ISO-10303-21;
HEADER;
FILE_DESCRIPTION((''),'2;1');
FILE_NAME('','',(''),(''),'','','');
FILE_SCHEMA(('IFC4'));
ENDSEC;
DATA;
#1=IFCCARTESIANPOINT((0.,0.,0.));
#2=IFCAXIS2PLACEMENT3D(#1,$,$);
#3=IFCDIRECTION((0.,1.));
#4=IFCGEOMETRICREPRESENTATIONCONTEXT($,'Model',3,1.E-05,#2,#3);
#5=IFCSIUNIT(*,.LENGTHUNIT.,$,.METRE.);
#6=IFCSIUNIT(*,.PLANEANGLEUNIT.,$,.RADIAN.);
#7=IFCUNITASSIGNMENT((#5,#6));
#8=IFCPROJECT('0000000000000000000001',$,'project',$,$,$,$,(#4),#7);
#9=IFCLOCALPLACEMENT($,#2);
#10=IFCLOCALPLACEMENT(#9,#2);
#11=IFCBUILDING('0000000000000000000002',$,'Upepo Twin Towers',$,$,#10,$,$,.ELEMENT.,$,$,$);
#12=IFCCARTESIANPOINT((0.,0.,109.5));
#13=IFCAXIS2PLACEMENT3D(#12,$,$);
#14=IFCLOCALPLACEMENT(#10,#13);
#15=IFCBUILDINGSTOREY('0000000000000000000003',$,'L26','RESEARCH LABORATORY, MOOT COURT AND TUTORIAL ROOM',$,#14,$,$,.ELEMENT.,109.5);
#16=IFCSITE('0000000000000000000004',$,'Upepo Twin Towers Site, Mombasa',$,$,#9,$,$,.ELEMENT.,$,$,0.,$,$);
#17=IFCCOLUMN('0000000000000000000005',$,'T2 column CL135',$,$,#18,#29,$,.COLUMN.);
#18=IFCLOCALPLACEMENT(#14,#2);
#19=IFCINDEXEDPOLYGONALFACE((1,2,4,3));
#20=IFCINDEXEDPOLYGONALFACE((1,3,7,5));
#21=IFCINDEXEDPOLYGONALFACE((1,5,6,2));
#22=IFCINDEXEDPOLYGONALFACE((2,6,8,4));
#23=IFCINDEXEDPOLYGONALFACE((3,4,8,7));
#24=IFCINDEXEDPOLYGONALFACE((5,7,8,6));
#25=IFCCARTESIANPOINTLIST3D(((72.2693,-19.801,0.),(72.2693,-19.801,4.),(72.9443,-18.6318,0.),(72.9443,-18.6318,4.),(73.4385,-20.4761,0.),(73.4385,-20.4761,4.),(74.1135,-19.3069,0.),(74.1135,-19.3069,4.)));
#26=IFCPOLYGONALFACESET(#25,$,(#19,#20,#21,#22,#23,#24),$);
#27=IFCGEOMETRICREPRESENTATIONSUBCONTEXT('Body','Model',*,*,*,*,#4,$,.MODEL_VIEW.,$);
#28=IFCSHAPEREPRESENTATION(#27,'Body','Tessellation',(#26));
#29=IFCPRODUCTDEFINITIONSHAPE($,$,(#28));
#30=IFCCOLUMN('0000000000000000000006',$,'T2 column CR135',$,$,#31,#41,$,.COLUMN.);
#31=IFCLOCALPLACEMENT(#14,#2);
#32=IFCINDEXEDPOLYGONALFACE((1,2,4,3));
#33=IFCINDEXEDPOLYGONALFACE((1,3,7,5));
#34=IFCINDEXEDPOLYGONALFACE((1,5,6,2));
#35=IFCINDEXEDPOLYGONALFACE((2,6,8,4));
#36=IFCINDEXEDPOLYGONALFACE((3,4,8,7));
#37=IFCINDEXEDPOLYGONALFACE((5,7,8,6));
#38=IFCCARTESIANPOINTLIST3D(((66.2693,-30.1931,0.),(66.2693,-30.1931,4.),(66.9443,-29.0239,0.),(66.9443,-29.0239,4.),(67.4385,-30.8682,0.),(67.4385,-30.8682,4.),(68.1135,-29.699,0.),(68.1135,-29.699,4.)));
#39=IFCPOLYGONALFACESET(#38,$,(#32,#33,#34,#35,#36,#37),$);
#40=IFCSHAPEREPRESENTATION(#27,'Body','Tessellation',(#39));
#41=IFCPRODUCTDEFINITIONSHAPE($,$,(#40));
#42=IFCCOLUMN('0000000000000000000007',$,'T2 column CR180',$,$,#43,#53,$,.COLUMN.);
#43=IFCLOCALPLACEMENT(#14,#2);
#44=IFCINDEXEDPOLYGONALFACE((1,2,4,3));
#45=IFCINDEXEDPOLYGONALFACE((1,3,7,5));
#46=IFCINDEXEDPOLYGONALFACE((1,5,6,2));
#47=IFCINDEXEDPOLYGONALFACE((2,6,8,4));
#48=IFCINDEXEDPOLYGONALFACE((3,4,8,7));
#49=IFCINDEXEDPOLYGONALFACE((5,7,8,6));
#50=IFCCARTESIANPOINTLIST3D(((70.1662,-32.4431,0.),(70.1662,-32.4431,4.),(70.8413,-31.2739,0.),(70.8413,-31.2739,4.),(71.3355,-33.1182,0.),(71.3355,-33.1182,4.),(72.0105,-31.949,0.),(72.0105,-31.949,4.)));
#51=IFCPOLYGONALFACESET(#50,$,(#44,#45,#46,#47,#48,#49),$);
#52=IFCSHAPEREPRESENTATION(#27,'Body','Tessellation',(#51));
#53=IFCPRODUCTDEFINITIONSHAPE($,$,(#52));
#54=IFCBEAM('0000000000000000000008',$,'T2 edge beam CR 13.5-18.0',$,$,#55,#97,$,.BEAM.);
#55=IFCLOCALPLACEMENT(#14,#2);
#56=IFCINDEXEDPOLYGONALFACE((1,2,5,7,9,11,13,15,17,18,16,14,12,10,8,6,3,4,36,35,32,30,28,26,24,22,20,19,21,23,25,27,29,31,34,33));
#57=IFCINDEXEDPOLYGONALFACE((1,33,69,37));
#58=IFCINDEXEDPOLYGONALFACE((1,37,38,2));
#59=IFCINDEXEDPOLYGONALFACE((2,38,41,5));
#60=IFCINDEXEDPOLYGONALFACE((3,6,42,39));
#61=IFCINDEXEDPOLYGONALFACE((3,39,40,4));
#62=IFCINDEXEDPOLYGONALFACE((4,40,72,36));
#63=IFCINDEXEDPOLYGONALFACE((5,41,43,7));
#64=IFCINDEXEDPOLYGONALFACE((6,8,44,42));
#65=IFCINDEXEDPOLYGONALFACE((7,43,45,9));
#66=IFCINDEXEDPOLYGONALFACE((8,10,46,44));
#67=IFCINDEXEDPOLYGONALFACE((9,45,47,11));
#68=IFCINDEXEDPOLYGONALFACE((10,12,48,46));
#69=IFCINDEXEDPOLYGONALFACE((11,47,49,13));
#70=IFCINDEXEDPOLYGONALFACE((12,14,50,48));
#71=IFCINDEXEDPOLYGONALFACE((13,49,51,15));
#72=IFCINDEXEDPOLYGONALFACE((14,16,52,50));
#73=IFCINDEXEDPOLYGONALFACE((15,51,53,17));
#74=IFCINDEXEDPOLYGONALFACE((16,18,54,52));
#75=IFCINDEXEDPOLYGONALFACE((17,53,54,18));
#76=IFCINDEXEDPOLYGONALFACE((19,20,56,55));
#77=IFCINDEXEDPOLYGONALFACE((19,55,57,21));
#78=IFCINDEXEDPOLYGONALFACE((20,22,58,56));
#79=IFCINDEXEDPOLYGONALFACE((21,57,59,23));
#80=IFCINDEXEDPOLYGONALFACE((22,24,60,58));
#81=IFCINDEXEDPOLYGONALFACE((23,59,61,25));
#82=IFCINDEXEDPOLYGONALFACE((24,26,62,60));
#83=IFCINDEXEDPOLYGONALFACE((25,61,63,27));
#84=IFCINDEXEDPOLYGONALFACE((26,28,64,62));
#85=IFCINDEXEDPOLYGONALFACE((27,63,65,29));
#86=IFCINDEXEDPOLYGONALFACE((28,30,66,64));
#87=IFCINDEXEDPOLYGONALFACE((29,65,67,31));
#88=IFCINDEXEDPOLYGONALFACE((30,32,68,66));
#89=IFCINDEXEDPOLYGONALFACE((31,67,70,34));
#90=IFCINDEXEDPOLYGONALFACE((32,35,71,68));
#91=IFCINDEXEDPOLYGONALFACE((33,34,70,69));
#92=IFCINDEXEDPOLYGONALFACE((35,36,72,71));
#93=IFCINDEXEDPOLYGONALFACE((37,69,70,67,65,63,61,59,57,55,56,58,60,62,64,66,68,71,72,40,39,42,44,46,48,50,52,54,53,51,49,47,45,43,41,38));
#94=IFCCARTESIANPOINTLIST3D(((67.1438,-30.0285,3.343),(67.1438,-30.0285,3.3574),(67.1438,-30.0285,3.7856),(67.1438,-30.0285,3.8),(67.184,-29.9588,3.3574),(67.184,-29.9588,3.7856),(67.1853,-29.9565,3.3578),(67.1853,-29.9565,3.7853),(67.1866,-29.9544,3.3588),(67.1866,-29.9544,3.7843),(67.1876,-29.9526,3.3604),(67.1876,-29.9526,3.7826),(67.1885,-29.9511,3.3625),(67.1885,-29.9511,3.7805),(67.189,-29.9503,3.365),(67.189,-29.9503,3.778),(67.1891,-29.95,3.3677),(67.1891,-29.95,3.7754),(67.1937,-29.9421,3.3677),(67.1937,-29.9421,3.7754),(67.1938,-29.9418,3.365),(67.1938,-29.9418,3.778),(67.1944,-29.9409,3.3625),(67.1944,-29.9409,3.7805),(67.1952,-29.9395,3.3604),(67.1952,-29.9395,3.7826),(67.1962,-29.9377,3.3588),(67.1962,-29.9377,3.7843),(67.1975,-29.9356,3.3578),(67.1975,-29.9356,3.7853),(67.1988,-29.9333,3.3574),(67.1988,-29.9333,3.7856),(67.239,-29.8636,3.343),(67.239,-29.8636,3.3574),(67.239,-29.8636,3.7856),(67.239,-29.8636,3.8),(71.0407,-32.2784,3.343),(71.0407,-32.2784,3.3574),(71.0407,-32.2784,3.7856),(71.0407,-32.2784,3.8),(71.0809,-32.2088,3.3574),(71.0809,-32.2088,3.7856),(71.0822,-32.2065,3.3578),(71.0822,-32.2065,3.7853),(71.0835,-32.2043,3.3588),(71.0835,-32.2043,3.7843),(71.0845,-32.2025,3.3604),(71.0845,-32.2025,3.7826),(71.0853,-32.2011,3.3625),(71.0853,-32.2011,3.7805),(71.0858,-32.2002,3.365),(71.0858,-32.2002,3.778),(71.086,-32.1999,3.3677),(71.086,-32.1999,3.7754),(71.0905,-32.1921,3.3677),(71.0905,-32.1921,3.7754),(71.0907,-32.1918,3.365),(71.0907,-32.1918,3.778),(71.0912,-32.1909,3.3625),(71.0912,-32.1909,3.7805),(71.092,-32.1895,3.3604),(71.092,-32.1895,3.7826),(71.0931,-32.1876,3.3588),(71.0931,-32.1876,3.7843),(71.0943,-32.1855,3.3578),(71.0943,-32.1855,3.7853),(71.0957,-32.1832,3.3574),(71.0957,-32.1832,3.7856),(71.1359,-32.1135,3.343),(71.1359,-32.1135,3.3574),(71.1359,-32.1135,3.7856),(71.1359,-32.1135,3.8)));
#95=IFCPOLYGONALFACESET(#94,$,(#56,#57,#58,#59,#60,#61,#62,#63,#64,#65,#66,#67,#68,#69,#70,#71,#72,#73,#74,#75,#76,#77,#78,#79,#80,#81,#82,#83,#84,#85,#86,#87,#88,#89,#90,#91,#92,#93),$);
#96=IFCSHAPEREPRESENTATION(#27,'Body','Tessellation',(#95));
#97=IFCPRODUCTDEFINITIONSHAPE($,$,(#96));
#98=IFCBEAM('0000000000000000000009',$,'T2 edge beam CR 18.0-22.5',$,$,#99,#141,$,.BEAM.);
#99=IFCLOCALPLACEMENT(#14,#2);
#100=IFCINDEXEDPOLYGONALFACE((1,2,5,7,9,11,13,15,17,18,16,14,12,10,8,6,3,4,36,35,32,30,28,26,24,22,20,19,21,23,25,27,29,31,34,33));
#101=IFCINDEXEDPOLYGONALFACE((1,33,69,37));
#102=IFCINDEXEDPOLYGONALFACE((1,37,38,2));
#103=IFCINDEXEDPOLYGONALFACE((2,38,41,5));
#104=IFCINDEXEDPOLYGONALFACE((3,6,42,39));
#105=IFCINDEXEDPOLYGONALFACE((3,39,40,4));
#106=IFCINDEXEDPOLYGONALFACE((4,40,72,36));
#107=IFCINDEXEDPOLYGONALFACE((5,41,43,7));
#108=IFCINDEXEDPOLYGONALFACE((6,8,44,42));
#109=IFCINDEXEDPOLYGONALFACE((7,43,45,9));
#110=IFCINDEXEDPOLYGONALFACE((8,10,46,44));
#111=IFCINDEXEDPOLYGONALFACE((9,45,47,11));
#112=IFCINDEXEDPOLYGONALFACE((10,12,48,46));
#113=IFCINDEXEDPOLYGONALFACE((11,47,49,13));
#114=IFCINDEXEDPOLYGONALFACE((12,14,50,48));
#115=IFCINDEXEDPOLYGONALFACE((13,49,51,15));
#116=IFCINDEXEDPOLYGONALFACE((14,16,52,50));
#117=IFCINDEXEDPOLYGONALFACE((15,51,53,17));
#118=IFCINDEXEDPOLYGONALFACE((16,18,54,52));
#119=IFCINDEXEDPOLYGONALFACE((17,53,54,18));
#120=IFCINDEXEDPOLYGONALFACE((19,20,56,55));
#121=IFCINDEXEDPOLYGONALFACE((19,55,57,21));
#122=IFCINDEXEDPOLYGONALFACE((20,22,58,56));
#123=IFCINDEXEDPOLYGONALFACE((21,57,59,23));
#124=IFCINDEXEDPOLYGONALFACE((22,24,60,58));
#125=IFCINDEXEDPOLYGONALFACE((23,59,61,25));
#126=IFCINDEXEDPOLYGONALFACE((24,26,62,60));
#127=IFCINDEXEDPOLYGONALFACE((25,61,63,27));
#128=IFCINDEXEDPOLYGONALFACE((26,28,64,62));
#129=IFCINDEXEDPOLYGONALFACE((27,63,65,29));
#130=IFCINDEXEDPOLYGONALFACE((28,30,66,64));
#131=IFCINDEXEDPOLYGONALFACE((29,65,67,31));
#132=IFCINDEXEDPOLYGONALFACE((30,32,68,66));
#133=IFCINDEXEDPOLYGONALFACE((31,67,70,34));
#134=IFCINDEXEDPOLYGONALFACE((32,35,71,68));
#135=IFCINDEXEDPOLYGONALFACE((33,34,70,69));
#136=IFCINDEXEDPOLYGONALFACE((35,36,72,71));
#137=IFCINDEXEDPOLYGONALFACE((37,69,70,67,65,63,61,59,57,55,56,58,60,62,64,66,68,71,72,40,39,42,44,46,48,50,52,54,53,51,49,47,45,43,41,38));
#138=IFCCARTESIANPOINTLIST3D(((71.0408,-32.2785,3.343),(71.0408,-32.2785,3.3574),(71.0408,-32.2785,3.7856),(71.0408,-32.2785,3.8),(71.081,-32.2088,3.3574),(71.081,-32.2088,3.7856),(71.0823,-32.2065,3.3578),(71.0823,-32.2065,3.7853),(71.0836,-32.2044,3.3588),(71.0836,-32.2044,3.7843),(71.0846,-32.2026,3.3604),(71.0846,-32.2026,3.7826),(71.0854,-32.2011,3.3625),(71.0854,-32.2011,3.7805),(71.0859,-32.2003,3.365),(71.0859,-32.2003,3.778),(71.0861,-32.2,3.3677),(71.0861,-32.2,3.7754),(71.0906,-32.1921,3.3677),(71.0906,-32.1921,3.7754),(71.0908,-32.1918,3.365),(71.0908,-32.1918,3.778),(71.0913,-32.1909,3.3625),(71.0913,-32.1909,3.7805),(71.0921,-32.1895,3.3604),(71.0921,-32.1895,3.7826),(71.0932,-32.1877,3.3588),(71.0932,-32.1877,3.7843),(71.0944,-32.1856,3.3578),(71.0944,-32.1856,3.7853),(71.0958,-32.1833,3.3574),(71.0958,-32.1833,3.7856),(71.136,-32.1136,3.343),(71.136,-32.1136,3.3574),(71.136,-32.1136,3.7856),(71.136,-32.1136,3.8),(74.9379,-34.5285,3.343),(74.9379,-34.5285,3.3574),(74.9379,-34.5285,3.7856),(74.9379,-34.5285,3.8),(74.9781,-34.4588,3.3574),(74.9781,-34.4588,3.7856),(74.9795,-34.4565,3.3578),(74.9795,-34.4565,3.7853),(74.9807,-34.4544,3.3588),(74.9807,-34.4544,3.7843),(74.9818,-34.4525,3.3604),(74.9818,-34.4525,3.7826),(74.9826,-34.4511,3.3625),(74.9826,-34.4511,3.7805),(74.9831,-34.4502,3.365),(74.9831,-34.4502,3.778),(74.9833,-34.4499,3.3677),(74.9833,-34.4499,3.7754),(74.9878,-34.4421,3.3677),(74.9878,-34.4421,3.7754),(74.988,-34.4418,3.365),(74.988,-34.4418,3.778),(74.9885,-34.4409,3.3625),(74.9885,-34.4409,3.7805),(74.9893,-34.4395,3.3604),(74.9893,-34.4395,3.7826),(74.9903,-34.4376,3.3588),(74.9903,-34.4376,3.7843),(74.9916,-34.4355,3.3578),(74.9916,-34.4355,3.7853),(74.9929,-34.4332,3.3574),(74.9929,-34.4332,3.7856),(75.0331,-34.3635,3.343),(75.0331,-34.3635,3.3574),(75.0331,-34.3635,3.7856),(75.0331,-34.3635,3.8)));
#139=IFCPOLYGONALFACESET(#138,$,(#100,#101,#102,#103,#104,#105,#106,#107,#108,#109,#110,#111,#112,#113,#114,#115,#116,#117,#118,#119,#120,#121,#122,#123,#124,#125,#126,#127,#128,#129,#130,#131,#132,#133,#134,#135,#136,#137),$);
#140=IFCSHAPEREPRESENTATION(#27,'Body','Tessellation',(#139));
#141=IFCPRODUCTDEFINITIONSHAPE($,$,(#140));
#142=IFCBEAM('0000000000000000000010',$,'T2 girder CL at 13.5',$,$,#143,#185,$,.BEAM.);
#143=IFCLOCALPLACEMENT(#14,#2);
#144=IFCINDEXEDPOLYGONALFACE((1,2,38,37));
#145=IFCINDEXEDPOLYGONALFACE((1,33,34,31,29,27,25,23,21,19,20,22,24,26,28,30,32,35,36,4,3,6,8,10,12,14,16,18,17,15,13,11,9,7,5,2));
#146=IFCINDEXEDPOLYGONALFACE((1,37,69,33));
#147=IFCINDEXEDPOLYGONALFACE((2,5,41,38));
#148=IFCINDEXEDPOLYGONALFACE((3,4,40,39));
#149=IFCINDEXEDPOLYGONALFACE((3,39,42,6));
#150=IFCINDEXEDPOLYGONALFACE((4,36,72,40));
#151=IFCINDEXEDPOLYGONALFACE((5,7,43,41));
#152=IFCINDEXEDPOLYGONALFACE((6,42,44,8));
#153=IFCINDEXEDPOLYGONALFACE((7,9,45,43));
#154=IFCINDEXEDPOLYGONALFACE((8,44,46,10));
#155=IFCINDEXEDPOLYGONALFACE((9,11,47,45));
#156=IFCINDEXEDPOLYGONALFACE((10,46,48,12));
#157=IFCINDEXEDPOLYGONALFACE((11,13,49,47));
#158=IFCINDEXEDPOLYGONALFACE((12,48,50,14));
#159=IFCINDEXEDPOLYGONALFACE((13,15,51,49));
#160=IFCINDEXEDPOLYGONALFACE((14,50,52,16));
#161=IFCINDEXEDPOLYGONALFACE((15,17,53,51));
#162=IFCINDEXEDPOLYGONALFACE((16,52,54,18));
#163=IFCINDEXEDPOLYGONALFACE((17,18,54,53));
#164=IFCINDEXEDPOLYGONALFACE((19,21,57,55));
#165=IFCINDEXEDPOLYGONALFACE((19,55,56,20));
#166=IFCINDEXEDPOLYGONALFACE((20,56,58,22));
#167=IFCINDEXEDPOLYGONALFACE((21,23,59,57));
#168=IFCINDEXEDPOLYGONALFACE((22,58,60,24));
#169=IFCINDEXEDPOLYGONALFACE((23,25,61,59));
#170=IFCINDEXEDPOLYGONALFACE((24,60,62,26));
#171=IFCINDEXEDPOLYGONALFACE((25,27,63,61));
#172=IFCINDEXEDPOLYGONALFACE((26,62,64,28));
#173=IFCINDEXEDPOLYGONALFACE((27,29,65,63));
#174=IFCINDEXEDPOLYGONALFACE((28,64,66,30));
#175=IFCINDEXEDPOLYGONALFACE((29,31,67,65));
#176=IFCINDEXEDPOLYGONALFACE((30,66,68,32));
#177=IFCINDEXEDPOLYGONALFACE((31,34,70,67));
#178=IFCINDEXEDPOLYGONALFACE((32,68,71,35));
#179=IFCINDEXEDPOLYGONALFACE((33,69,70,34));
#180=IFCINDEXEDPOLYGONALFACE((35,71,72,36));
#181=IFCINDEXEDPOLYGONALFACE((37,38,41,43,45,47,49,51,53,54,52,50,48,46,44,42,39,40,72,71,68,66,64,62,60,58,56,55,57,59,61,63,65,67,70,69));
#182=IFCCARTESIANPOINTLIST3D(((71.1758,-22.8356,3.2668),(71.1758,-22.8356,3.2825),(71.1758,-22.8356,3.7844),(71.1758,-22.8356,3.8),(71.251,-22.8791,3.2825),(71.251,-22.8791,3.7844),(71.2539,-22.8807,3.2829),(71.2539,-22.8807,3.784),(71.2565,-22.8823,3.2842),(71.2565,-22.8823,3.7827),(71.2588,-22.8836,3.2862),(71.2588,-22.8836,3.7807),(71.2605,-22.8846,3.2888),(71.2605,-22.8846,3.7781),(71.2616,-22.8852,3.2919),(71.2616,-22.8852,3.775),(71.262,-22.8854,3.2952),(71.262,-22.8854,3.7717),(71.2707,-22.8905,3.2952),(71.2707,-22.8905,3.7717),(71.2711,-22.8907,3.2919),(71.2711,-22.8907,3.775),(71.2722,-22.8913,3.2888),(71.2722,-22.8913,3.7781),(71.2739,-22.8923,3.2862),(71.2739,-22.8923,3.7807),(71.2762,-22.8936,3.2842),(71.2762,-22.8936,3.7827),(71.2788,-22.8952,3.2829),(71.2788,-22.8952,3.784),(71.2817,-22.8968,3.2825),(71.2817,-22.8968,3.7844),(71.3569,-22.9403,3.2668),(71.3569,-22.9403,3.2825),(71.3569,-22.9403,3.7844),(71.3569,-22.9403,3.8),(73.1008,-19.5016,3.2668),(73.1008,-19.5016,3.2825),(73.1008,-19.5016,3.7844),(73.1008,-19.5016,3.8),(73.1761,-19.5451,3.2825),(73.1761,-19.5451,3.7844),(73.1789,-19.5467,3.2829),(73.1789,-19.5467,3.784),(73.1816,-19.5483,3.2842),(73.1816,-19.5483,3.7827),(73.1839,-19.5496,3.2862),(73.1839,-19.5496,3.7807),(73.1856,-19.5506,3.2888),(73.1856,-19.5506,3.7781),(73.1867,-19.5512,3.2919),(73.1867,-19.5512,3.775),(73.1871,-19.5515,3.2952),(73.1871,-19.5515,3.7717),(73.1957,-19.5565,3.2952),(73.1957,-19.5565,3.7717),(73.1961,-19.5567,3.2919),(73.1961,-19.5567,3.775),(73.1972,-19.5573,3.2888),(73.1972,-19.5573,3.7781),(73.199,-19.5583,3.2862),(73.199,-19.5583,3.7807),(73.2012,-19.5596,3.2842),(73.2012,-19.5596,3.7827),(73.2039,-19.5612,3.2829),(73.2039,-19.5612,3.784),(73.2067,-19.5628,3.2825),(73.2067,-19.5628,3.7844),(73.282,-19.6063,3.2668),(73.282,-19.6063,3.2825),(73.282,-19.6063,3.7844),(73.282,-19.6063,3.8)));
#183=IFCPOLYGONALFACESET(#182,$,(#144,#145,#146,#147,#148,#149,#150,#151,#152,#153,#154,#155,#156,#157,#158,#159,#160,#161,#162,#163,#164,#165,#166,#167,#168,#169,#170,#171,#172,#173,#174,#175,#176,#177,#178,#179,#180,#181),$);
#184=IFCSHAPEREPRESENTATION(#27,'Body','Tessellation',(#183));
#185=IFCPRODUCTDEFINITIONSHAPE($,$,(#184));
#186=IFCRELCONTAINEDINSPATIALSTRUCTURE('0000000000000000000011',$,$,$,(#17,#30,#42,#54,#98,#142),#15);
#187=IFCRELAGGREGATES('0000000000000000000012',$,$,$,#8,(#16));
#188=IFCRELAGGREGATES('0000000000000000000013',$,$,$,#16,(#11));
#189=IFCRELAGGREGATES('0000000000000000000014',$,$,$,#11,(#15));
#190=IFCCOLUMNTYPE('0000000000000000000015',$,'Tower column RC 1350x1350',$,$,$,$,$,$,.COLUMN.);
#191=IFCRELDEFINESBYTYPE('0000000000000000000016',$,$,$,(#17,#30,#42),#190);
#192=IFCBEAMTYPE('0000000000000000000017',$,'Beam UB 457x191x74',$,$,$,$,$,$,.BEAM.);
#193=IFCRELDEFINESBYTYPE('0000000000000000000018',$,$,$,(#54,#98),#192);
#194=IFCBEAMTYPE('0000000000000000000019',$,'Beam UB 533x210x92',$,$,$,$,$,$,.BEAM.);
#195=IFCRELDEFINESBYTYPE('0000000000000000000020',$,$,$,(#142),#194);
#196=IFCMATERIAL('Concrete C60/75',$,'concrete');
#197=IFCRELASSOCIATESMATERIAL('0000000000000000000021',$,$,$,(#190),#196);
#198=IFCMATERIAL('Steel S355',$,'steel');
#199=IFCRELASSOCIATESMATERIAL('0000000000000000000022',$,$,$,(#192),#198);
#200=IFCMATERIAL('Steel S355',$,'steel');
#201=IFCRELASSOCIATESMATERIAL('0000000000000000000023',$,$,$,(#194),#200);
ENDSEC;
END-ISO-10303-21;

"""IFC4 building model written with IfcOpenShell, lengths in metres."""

from ifc_helpers import new_model, si_unit, direction, frame, origin, origin_2d, place, context, subcontext, project, spatial, rectangle, i_section, extrude, material, material_profile, profile_set, type_object, element, save


model = new_model("IFC4")

# Units and contexts
model_context = context("Model", 3, precision=1e-05, world=origin(), true_north=direction((0.0, 1.0)))
body_context = subcontext(model_context, "Body", "Model", "MODEL_VIEW")
ifc_project = project(units=[si_unit("LENGTHUNIT", "METRE"), si_unit("PLANEANGLEUNIT", "RADIAN")], contexts=[model_context])

# Site, building, storey
site_placement = place(None, origin())
site = spatial("IfcSite", under=ifc_project, at=site_placement, Name="Upepo Twin Towers Site, Mombasa", CompositionType="ELEMENT", RefElevation=0.0)
building_placement = place(site_placement, origin())
building = spatial("IfcBuilding", under=site, at=building_placement, Name="Upepo Twin Towers", CompositionType="ELEMENT")
storey_placement = place(building_placement, frame((0.0, 0.0, 109.5)))
storey = spatial("IfcBuildingStorey", under=building, at=storey_placement, Name="L26", Description="RESEARCH LABORATORY, MOOT COURT AND TUTORIAL ROOM", CompositionType="ELEMENT", Elevation=109.5)

# Columns
ifc_material_1 = material(Name="Concrete C60/75", Category="concrete")
ifc_material_profile_1 = material_profile(ifc_material_1, rectangle(XDim=1.3501, YDim=1.3501, at=origin_2d()), Name="RC 1350x1350")
ifc_profile_set_1 = profile_set([ifc_material_profile_1], Name="Concrete C60/75")
column_type = type_object("IfcColumnType", Name="Tower column RC 1350x1350", PredefinedType="COLUMN", material=ifc_profile_set_1)
for number, where, z_axis, x_axis, name in (
    (1, (73.1914, -19.554, 0.0), (0.0, 0.0, 1.0), (0.5, 0.866025, 0.0), "T2 column CL135"),
    (2, (67.1914, -29.946, 0.0), (0.0, 0.0, 1.0), (0.5, 0.866025, 0.0), "T2 column CR135"),
    (3, (71.0884, -32.196, 0.0), (0.0, 0.0, 1.0), (0.5, 0.866025, 0.0), "T2 column CR180"),
):
    element("IfcColumn", number, at=place(storey_placement, frame(where, z_axis=z_axis, x_axis=x_axis)), inside=storey, type_object=column_type, Name=name, PredefinedType="COLUMN", context=body_context, shape_type="SweptSolid", body=[
        extrude(rectangle(XDim=1.3501, YDim=1.3501, at=origin_2d()), origin(), (0.0, 0.0, 1.0), 4.0),
    ])

# Beams
ifc_material_2 = material(Name="Steel S355", Category="steel")
ifc_material_profile_2 = material_profile(ifc_material_2, i_section(OverallWidth=0.1904, OverallDepth=0.457, WebThickness=0.009, FlangeThickness=0.0144, FilletRadius=0.0103, at=origin_2d()), Name="UB 457x191x74")
ifc_profile_set_2 = profile_set([ifc_material_profile_2], Name="Steel S355")
beam_type_1 = type_object("IfcBeamType", Name="Beam UB 457x191x74", PredefinedType="BEAM", material=ifc_profile_set_2)
beam_1_placement = place(storey_placement, frame((67.1914, -29.946, 3.5715), z_axis=(0.866018, -0.500014, 0.0), x_axis=(0.500014, 0.866018, 0.0)))
element("IfcBeam", 4, at=beam_1_placement, inside=storey, type_object=beam_type_1, Name="T2 edge beam CR 13.5-18.0", PredefinedType="BEAM", context=body_context, shape_type="SweptSolid", body=[
    extrude(i_section(OverallWidth=0.1904, OverallDepth=0.457, WebThickness=0.009, FlangeThickness=0.0144, FilletRadius=0.0103, at=origin_2d()), origin(), (0.0, 0.0, 1.0), 4.4998),
])
beam_2_placement = place(storey_placement, frame((71.0884, -32.196, 3.5715), z_axis=(0.866031, -0.49999, 0.0), x_axis=(0.49999, 0.866031, 0.0)))
element("IfcBeam", 5, at=beam_2_placement, inside=storey, type_object=beam_type_1, Name="T2 edge beam CR 18.0-22.5", PredefinedType="BEAM", context=body_context, shape_type="SweptSolid", body=[
    extrude(i_section(OverallWidth=0.1904, OverallDepth=0.457, WebThickness=0.009, FlangeThickness=0.0144, FilletRadius=0.0103, at=origin_2d()), origin(), (0.0, 0.0, 1.0), 4.5),
])
ifc_material_3 = material(Name="Steel S355", Category="steel")
ifc_material_profile_3 = material_profile(ifc_material_3, i_section(OverallWidth=0.2092, OverallDepth=0.5332, WebThickness=0.01, FlangeThickness=0.0156, FilletRadius=0.0127, at=origin_2d()), Name="UB 533x210x92")
ifc_profile_set_3 = profile_set([ifc_material_profile_3], Name="Steel S355")
beam_type_2 = type_object("IfcBeamType", Name="Beam UB 533x210x92", PredefinedType="BEAM", material=ifc_profile_set_3)
for number, where, z_axis, x_axis, name in (
    (6, (73.1914, -19.554, 3.5334), (-0.500034, -0.866006, 0.0), (0.866006, -0.500034, 0.0), "T2 girder CL at 13.5"),
):
    element("IfcBeam", number, at=place(storey_placement, frame(where, z_axis=z_axis, x_axis=x_axis)), inside=storey, type_object=beam_type_2, Name=name, PredefinedType="BEAM", context=body_context, shape_type="SweptSolid", body=[
        extrude(i_section(OverallWidth=0.2092, OverallDepth=0.5332, WebThickness=0.01, FlangeThickness=0.0156, FilletRadius=0.0127, at=origin_2d()), origin(), (0.0, 0.0, 1.0), 3.8499),
    ])

save(model, "model.ifc")
